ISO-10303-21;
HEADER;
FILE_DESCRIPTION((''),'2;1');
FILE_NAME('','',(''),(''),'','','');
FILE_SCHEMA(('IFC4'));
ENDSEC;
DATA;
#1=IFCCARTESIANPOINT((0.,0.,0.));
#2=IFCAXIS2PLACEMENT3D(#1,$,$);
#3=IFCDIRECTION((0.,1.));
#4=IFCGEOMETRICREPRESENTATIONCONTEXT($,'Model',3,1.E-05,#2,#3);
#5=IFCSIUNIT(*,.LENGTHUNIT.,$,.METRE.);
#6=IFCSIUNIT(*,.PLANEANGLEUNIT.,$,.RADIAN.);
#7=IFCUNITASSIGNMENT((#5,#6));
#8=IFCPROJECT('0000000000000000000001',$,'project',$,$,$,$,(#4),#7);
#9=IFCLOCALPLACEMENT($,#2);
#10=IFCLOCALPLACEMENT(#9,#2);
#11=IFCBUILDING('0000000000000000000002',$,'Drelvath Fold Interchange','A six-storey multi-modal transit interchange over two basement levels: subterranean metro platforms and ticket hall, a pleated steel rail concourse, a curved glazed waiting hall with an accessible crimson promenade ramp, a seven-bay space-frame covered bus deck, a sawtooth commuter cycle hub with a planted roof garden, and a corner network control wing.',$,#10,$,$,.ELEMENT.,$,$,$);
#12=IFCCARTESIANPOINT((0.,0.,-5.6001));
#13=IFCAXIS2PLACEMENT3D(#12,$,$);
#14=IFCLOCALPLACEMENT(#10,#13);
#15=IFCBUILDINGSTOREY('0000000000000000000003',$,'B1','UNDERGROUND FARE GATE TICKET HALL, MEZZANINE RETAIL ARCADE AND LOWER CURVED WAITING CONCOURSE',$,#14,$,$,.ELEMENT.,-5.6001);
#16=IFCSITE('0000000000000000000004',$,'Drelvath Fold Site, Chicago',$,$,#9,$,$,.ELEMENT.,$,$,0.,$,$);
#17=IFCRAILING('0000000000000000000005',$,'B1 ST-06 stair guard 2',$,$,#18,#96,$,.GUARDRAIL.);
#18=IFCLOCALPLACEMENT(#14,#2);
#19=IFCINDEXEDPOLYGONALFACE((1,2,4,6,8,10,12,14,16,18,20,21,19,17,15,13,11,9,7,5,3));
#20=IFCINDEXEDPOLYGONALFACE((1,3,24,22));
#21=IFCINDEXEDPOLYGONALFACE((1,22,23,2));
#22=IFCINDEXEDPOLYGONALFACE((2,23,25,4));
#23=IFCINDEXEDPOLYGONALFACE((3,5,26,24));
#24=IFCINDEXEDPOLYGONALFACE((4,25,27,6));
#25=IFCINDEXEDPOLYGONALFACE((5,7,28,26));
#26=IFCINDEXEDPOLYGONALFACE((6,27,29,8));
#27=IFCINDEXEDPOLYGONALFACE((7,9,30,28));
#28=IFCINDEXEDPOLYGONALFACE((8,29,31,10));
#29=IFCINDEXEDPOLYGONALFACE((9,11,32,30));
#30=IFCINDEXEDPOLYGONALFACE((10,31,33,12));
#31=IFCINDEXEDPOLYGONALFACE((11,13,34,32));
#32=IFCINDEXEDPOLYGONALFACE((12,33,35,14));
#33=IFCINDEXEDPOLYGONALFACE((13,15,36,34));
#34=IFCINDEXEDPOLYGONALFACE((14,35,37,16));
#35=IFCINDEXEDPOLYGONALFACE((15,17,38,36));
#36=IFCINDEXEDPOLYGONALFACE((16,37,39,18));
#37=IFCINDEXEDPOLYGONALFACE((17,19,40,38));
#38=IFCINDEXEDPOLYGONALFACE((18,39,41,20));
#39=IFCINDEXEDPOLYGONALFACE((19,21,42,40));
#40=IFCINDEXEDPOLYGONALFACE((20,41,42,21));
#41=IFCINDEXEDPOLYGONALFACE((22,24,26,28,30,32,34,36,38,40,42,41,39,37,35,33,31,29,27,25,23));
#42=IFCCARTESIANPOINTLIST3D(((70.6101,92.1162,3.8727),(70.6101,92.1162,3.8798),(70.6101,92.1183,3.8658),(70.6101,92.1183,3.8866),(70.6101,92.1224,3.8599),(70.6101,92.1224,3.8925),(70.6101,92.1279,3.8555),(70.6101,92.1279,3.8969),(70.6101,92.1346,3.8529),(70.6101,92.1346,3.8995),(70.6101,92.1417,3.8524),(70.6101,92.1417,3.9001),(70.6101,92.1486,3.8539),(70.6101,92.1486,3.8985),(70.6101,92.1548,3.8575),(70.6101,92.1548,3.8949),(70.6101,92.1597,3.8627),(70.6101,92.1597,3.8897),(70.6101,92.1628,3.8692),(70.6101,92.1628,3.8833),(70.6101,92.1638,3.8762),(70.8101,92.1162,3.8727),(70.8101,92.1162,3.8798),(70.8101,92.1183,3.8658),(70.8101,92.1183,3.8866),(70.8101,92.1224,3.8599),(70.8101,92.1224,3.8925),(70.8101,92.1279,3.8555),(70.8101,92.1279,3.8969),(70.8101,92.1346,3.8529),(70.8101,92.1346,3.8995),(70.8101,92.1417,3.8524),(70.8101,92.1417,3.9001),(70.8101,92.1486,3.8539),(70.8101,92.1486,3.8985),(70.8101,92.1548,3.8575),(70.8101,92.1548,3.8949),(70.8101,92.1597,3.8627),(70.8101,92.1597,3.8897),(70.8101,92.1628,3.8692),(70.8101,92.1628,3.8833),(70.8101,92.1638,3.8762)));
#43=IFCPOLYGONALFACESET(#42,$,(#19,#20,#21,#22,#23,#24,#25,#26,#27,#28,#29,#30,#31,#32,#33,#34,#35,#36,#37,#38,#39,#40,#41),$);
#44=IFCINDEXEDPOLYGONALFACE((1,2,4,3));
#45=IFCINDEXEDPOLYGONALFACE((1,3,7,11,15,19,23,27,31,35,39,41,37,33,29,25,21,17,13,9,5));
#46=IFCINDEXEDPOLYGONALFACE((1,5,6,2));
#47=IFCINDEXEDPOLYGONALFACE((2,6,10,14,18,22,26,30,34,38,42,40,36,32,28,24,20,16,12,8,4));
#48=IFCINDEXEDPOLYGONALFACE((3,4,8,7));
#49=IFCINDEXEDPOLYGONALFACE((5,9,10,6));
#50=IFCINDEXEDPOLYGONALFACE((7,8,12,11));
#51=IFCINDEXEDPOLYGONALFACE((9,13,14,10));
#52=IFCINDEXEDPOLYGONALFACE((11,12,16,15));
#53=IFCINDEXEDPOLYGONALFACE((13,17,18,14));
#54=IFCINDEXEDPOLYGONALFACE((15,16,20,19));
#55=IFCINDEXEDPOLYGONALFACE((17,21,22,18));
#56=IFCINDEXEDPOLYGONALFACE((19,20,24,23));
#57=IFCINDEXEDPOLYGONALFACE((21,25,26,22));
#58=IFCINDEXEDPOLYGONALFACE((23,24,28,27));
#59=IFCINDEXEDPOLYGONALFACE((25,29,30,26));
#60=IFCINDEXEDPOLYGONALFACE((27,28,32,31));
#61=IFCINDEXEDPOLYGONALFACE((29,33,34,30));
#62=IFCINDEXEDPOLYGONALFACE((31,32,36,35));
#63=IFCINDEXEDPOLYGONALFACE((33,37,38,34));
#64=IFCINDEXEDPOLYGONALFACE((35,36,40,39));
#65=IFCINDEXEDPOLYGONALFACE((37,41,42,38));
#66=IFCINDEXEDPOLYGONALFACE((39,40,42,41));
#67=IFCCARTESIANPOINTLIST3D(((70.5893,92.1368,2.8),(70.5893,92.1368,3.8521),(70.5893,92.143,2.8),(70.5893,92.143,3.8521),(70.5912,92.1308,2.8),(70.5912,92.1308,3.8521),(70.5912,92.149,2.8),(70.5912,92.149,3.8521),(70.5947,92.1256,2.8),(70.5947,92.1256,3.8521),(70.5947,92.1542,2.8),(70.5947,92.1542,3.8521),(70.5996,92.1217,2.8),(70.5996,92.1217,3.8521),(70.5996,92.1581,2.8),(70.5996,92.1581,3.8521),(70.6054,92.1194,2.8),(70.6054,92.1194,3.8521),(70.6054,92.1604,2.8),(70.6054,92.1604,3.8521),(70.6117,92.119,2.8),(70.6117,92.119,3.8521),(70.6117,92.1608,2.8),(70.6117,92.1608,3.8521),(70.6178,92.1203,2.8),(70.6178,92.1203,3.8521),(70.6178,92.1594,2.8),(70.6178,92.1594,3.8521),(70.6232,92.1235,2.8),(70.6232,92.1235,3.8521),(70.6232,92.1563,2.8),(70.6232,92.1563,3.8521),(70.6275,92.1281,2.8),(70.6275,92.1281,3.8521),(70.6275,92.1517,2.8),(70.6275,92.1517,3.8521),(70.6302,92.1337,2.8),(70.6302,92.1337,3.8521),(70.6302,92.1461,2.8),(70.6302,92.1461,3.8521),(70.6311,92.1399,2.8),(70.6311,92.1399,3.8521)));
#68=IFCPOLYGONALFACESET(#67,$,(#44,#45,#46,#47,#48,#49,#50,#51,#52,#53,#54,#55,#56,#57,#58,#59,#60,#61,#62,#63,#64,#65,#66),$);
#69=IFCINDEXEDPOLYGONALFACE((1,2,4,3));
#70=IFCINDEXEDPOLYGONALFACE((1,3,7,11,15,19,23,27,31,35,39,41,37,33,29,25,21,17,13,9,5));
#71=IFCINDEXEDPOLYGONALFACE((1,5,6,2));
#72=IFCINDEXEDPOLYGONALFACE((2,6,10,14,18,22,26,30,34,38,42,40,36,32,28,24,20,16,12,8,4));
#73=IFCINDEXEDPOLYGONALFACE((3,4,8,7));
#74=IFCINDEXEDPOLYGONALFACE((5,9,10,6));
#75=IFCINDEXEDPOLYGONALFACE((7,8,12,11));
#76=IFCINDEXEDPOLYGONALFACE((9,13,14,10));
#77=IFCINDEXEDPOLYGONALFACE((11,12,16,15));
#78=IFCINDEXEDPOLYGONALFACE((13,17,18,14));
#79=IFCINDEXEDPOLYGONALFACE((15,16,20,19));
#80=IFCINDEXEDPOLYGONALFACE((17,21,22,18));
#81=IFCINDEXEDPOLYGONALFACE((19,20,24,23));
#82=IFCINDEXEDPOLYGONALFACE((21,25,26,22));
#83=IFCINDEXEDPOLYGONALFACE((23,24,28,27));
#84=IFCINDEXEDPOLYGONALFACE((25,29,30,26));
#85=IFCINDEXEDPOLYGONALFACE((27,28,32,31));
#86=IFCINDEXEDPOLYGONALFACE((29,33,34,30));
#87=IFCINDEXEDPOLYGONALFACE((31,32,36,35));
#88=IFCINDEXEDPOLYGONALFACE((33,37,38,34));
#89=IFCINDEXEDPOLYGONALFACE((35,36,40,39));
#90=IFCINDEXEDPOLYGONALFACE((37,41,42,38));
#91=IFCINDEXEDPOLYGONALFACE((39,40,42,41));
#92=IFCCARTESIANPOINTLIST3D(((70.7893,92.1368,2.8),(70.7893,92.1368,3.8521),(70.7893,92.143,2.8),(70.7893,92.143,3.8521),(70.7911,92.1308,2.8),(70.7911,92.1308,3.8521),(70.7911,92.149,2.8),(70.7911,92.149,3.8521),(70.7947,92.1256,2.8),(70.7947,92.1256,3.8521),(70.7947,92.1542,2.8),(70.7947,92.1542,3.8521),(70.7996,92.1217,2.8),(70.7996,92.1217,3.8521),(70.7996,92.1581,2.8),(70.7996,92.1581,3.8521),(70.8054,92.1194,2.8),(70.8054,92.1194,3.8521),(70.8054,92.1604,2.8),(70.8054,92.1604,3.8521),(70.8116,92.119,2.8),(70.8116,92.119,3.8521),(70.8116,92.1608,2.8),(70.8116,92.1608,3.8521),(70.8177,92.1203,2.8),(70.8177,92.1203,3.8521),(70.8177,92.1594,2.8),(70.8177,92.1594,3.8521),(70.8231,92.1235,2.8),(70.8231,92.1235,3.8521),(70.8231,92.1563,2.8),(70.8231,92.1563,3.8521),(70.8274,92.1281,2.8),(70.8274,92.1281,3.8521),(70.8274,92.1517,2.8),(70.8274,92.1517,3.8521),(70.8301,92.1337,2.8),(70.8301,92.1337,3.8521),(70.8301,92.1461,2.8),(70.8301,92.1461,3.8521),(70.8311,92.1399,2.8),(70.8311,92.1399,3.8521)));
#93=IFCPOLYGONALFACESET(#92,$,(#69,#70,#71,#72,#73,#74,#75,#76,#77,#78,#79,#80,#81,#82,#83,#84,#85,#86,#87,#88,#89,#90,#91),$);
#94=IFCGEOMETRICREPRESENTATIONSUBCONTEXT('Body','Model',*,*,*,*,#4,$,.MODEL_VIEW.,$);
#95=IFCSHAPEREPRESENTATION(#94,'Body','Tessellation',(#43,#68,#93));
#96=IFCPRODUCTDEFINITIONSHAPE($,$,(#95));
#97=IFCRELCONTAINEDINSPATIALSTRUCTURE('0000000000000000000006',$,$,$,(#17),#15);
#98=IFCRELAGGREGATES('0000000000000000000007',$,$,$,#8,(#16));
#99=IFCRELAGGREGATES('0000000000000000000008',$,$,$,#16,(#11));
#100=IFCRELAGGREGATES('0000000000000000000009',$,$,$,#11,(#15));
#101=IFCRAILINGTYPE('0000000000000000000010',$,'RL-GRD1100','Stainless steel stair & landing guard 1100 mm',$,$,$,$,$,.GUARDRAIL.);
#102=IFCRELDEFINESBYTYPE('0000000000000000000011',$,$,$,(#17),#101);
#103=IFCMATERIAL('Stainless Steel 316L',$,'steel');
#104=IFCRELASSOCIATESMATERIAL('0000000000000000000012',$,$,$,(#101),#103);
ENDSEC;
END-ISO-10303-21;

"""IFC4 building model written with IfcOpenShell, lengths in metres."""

from ifc_helpers import new_model, si_unit, direction, frame, origin, origin_2d, place, context, subcontext, project, spatial, circle, extrude, material, type_object, element, save


model = new_model("IFC4")

# Units and contexts
model_context = context("Model", 3, precision=1e-05, world=origin(), true_north=direction((0.0, 1.0)))
body_context = subcontext(model_context, "Body", "Model", "MODEL_VIEW")
ifc_project = project(units=[si_unit("LENGTHUNIT", "METRE"), si_unit("PLANEANGLEUNIT", "RADIAN")], contexts=[model_context])

# Site, building, storey
site_placement = place(None, origin())
site = spatial("IfcSite", under=ifc_project, at=site_placement, Name="Drelvath Fold Site, Chicago", CompositionType="ELEMENT", RefElevation=0.0)
building_placement = place(site_placement, origin())
building = spatial("IfcBuilding", under=site, at=building_placement, Name="Drelvath Fold Interchange", Description="A six-storey multi-modal transit interchange over two basement levels: subterranean metro platforms and ticket hall, a pleated steel rail concourse, a curved glazed waiting hall with an accessible crimson promenade ramp, a seven-bay space-frame covered bus deck, a sawtooth commuter cycle hub with a planted roof garden, and a corner network control wing.", CompositionType="ELEMENT")
storey_placement = place(building_placement, frame((0.0, 0.0, -5.6001)))
storey = spatial("IfcBuildingStorey", under=building, at=storey_placement, Name="B1", Description="UNDERGROUND FARE GATE TICKET HALL, MEZZANINE RETAIL ARCADE AND LOWER CURVED WAITING CONCOURSE", CompositionType="ELEMENT", Elevation=-5.6001)

# Railing
ifc_material_1 = material(Name="Stainless Steel 316L", Category="steel")
railing_type_1 = type_object("IfcRailingType", Name="RL-GRD1100", Description="Stainless steel stair & landing guard 1100 mm", PredefinedType="GUARDRAIL", material=ifc_material_1)
railing_1_placement = place(storey_placement, frame((70.6101, 92.1399, 2.8)))
element("IfcRailing", 1, at=railing_1_placement, inside=storey, type_object=railing_type_1, Name="B1 ST-06 stair guard 2", PredefinedType="GUARDRAIL", context=body_context, shape_type="SweptSolid", body=[
    extrude(circle(Radius=0.0239, at=origin_2d()), frame((0.0, 0.0, 1.0762), z_axis=(1.0, 0.0, 0.0), x_axis=(0.0, 1.0, 0.0)), (0.0, 0.0, 1.0), 0.2),
    extrude(circle(Radius=0.021, at=origin_2d()), origin(), (0.0, 0.0, 1.0), 1.052),
    extrude(circle(Radius=0.021, at=origin_2d()), frame((0.2, 0.0, 0.0)), (0.0, 0.0, 1.0), 1.052),
])

save(model, "model.ifc")
